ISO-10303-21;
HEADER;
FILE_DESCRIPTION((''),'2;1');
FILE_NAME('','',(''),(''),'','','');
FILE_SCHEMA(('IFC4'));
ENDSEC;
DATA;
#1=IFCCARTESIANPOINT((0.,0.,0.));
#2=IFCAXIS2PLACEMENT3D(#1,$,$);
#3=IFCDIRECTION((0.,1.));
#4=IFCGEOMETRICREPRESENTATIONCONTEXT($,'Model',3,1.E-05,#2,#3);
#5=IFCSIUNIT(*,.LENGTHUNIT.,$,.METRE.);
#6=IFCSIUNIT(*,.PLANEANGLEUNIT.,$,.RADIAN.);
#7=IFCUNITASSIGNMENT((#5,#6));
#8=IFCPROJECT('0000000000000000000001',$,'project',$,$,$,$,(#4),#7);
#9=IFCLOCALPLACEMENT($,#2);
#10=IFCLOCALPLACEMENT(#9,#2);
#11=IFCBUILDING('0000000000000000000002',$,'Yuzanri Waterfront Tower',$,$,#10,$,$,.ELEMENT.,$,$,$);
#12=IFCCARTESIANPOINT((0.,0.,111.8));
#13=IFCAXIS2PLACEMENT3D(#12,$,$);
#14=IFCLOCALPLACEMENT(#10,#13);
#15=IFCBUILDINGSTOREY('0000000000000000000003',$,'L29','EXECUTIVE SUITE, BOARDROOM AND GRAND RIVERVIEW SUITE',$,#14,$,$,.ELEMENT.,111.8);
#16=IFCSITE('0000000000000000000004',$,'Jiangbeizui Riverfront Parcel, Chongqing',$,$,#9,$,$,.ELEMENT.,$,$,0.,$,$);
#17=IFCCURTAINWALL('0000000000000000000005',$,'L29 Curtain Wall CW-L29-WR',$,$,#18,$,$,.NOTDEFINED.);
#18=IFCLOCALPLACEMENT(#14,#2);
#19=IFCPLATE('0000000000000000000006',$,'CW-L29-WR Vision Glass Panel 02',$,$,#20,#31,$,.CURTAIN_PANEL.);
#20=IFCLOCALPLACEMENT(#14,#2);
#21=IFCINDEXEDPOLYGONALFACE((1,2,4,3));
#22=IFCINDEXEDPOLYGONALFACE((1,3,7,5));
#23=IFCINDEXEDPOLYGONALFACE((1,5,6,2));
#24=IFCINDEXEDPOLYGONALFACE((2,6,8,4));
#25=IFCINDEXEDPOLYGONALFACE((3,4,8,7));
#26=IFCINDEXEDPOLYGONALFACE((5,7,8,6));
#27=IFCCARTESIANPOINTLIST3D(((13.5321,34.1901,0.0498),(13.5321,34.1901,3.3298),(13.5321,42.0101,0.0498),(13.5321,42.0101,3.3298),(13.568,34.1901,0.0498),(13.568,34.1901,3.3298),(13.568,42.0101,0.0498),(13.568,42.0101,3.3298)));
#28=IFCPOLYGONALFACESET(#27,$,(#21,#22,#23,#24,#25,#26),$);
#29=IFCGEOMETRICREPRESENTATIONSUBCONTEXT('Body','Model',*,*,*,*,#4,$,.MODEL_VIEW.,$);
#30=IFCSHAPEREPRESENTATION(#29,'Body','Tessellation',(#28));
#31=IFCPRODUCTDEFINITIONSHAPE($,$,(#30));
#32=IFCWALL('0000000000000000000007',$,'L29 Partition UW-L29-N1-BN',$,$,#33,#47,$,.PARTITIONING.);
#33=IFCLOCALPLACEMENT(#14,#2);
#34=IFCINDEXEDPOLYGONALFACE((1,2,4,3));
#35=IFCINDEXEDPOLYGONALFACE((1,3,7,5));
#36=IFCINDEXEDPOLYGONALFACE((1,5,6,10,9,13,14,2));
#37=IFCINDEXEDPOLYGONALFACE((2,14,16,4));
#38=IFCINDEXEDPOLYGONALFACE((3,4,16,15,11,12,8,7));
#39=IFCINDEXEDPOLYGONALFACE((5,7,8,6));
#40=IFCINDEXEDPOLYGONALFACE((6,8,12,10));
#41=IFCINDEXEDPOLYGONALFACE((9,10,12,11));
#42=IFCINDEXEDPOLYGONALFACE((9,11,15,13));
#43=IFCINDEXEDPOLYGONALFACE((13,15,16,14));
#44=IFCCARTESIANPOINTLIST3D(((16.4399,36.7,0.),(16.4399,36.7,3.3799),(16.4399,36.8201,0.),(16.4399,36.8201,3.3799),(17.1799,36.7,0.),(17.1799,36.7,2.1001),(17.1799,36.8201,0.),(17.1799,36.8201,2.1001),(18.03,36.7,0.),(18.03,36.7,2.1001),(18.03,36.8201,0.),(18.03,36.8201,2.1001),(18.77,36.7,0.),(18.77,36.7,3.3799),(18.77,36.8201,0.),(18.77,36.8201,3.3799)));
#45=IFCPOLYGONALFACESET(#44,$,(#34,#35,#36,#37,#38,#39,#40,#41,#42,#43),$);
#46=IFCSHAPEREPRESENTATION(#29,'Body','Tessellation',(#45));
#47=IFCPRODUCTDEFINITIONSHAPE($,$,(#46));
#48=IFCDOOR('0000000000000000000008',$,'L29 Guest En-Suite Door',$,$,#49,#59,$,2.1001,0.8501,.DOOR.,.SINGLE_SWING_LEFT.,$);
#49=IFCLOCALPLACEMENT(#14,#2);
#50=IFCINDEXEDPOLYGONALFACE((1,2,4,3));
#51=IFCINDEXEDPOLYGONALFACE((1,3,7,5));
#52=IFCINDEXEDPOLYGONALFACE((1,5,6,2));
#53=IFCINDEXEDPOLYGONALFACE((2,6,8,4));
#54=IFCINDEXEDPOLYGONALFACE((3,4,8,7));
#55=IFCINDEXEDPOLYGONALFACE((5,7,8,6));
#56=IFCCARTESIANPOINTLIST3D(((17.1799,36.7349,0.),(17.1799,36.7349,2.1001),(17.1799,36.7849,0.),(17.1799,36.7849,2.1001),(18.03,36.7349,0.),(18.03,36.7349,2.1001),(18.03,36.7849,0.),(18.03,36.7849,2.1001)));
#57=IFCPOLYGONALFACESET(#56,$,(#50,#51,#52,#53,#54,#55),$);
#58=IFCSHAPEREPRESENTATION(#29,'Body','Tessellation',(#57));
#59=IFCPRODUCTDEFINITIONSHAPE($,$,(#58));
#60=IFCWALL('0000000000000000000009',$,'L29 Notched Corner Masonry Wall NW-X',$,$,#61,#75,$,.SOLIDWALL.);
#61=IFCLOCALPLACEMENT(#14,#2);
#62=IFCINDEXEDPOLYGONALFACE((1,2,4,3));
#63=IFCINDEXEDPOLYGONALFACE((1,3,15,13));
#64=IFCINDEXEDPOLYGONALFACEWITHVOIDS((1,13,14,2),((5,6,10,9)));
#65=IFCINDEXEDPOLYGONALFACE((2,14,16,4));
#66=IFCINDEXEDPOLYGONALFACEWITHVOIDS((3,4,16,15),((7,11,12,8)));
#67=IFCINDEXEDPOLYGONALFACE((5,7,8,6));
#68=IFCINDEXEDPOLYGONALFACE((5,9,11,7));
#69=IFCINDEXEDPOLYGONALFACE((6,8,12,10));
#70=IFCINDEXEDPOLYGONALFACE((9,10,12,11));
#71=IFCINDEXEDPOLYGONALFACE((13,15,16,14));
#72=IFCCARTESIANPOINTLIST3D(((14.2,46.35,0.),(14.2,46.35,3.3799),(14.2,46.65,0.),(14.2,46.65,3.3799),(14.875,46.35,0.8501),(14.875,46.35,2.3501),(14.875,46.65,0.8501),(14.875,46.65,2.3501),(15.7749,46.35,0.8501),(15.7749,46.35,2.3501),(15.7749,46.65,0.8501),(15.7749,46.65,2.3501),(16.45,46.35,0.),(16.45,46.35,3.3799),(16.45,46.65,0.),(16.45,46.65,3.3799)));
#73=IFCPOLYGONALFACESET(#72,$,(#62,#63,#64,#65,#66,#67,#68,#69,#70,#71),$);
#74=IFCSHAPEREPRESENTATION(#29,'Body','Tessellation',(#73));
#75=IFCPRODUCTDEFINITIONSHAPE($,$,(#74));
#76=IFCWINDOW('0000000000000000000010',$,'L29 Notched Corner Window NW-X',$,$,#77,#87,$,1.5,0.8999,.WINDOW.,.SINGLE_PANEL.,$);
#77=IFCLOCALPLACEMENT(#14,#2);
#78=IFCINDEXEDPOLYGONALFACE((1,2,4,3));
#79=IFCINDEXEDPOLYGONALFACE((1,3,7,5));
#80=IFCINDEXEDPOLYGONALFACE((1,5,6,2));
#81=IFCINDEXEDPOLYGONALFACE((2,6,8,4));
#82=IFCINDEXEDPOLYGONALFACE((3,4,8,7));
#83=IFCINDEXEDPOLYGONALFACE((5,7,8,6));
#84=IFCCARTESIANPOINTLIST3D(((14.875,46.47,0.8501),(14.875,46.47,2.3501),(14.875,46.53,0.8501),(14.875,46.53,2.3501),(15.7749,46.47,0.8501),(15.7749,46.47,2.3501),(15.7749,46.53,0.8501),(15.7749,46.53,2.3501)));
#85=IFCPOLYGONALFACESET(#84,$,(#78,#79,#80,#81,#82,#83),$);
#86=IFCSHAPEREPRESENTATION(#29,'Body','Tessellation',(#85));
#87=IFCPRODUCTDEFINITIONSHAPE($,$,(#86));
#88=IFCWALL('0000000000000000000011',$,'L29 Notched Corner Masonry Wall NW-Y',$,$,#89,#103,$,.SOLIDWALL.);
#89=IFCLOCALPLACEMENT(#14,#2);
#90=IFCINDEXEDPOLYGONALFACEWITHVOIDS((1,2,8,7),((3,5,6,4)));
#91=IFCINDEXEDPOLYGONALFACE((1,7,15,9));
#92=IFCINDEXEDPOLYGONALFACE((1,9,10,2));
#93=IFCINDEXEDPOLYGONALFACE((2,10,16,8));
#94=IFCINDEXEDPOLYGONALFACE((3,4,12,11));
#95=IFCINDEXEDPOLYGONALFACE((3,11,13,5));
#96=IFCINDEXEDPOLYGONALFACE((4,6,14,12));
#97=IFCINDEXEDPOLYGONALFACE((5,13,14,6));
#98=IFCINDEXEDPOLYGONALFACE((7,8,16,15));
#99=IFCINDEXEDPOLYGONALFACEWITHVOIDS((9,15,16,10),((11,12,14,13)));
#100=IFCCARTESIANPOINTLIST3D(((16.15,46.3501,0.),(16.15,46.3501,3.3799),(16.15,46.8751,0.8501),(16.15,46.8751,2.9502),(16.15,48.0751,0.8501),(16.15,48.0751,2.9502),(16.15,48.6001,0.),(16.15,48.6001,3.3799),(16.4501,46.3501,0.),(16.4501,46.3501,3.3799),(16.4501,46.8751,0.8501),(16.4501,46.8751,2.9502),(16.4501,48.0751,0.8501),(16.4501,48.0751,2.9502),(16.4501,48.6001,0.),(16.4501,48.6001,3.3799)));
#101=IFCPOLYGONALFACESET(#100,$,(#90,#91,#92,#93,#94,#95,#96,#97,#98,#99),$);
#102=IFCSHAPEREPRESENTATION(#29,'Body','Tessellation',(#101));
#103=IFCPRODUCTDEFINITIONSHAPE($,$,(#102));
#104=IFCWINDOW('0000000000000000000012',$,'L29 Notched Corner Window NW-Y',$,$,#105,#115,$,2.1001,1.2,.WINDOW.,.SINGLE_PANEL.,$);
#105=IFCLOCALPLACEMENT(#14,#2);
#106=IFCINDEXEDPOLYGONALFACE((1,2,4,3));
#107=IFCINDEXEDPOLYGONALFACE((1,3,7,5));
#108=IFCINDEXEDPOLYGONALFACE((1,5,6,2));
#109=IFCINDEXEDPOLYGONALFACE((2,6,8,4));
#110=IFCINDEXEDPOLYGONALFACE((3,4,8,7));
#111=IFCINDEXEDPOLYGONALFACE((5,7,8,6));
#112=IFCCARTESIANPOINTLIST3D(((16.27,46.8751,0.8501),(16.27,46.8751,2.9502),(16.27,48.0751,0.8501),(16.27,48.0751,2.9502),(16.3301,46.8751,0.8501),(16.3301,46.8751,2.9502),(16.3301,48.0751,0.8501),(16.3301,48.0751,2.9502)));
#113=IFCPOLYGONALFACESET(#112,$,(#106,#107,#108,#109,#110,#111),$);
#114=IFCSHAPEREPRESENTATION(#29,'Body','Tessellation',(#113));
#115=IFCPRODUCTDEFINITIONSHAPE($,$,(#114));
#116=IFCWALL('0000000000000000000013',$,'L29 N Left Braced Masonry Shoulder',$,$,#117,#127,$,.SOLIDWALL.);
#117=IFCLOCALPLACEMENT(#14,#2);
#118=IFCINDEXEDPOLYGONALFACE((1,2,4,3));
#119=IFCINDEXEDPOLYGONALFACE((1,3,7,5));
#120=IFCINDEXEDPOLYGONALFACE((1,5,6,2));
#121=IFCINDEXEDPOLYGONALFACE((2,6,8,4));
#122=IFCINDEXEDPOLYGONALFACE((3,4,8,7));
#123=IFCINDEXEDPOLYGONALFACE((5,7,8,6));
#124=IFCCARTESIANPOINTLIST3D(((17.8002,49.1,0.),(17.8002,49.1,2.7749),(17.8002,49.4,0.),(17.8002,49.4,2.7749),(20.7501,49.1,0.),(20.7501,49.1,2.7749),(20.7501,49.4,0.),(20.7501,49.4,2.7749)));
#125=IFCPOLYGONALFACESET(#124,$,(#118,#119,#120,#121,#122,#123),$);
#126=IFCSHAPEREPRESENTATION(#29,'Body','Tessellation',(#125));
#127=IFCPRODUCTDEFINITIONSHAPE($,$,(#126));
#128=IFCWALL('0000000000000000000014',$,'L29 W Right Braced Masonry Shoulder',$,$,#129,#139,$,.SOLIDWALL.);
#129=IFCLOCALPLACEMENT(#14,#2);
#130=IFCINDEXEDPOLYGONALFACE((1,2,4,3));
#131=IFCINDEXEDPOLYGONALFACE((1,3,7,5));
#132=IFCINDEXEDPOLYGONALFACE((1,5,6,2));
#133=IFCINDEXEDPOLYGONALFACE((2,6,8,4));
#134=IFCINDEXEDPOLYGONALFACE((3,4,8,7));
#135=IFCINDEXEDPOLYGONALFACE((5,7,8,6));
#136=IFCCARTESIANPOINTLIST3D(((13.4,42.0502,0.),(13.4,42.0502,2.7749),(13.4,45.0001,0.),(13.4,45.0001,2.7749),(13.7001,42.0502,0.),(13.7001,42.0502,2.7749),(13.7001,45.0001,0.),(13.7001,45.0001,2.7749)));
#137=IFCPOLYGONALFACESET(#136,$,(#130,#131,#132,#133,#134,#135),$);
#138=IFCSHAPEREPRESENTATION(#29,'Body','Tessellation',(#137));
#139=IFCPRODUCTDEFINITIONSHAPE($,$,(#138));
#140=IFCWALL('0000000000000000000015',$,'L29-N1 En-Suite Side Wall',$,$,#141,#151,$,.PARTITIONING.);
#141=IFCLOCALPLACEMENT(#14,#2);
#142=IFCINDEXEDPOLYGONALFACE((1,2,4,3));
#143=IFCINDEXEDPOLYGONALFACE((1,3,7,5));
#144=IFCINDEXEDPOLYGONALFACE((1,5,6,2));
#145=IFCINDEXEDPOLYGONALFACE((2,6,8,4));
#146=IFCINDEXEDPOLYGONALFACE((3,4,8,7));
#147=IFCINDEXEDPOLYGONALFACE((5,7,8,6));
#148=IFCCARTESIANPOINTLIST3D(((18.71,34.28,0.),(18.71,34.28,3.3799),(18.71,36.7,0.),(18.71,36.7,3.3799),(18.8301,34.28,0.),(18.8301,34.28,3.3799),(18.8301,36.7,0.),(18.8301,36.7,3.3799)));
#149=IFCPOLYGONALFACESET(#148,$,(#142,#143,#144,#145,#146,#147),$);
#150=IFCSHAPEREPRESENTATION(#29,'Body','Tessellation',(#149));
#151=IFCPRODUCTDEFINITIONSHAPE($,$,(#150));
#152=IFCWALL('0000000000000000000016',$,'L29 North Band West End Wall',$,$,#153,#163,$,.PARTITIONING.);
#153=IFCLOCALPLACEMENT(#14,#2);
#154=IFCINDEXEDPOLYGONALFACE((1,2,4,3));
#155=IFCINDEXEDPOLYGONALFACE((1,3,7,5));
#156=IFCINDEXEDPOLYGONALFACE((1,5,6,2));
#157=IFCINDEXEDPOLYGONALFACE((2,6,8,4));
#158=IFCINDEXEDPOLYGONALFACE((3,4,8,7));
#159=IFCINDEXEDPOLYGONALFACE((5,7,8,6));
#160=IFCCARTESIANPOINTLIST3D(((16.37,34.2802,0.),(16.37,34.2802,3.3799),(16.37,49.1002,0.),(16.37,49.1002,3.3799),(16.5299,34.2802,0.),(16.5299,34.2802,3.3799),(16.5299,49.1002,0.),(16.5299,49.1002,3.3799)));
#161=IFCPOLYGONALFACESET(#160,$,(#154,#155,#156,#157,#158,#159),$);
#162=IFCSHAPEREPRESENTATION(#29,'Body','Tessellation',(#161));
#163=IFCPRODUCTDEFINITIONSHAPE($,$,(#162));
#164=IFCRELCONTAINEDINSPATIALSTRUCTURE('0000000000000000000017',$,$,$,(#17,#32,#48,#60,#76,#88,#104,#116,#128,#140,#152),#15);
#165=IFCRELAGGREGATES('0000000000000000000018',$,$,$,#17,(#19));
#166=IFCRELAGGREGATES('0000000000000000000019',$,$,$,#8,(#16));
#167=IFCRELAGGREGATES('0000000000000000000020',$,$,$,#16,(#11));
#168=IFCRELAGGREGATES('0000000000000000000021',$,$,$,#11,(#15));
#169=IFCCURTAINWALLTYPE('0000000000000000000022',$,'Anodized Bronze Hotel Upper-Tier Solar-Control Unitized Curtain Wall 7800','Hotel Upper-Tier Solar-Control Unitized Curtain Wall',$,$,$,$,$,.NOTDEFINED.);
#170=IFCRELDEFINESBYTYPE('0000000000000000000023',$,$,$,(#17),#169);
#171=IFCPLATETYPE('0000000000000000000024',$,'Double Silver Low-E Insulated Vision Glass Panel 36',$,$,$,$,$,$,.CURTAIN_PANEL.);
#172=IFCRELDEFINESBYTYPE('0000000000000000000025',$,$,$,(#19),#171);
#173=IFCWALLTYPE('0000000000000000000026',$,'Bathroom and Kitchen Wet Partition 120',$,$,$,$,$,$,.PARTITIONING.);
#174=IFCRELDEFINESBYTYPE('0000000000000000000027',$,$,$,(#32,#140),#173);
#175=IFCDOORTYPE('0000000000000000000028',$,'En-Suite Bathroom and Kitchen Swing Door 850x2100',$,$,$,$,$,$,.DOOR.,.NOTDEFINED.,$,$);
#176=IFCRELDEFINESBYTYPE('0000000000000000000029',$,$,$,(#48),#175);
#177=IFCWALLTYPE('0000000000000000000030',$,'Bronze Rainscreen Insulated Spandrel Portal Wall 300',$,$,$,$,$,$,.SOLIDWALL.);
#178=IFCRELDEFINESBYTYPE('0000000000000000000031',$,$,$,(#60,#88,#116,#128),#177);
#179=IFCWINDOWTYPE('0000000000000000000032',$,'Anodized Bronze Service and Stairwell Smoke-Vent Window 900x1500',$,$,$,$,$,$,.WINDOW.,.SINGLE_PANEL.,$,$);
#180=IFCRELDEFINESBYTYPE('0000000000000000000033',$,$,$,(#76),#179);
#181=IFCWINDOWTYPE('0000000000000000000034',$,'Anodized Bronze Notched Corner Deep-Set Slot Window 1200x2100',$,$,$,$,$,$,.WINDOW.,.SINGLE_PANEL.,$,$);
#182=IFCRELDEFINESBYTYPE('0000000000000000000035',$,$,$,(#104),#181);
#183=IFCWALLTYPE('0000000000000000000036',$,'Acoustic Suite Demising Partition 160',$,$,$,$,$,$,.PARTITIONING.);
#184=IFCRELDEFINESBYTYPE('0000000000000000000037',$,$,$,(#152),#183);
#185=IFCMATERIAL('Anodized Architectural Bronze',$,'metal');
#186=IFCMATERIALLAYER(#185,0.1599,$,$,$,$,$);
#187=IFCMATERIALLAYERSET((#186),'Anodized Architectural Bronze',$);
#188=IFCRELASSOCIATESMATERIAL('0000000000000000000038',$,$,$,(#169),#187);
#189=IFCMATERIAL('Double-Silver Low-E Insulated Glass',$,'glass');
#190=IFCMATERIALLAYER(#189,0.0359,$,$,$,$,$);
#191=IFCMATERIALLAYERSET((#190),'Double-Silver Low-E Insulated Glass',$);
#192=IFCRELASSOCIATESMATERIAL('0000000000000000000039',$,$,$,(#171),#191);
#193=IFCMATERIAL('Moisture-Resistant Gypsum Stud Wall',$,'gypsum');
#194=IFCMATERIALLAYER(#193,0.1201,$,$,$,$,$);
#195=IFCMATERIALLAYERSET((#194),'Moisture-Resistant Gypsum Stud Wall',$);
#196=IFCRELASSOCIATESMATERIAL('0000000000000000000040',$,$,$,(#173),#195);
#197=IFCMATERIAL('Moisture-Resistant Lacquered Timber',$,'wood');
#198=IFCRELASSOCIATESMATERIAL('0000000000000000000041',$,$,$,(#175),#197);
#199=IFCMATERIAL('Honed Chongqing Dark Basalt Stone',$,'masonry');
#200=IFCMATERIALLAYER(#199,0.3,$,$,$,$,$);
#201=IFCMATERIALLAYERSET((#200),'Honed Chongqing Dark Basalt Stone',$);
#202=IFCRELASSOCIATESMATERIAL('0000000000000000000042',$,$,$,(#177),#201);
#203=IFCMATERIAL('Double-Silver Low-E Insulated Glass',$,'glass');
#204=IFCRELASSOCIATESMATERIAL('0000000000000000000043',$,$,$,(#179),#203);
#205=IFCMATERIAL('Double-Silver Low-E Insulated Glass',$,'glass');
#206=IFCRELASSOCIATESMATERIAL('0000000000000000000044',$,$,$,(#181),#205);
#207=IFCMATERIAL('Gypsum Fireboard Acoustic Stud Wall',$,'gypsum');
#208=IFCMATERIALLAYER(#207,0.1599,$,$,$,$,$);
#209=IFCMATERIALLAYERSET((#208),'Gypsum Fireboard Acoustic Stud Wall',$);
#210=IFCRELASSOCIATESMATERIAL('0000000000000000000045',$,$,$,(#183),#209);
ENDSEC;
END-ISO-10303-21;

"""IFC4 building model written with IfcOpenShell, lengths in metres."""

from ifc_helpers import new_model, si_unit, direction, frame, frame_2d, origin, origin_2d, place, context, subcontext, project, spatial, rectangle, extrude, source, transform, mapped, material, layer, layer_set, type_object, element, fill, aggregate, save


model = new_model("IFC4")

# Units and contexts
model_context = context("Model", 3, precision=1e-05, world=origin(), true_north=direction((0.0, 1.0)))
body_context = subcontext(model_context, "Body", "Model", "MODEL_VIEW")
ifc_project = project(units=[si_unit("LENGTHUNIT", "METRE"), si_unit("PLANEANGLEUNIT", "RADIAN")], contexts=[model_context])

# Site, building, storey
site_placement = place(None, origin())
site = spatial("IfcSite", under=ifc_project, at=site_placement, Name="Jiangbeizui Riverfront Parcel, Chongqing", CompositionType="ELEMENT", RefElevation=0.0)
building_placement = place(site_placement, origin())
building = spatial("IfcBuilding", under=site, at=building_placement, Name="Yuzanri Waterfront Tower", CompositionType="ELEMENT")
storey_placement = place(building_placement, frame((0.0, 0.0, 111.8)))
storey = spatial("IfcBuildingStorey", under=building, at=storey_placement, Name="L29", Description="EXECUTIVE SUITE, BOARDROOM AND GRAND RIVERVIEW SUITE", CompositionType="ELEMENT", Elevation=111.8)

# Curtain wall
ifc_material_1 = material(Name="Anodized Architectural Bronze", Category="metal")
ifc_layer_1 = layer(ifc_material_1, 0.1599)
ifc_layer_set_1 = layer_set([ifc_layer_1], Name="Anodized Architectural Bronze")
curtain_wall_type = type_object("IfcCurtainWallType", Name="Anodized Bronze Hotel Upper-Tier Solar-Control Unitized Curtain Wall 7800", Description="Hotel Upper-Tier Solar-Control Unitized Curtain Wall", PredefinedType="NOTDEFINED", material=ifc_layer_set_1)
curtain_wall_1_placement = place(storey_placement, origin())
curtain_wall_1 = element("IfcCurtainWall", 1, at=curtain_wall_1_placement, inside=storey, type_object=curtain_wall_type, Name="L29 Curtain Wall CW-L29-WR", PredefinedType="NOTDEFINED")

# Plate
ifc_material_2 = material(Name="Double-Silver Low-E Insulated Glass", Category="glass")
ifc_layer_2 = layer(ifc_material_2, 0.0359)
ifc_layer_set_2 = layer_set([ifc_layer_2], Name="Double-Silver Low-E Insulated Glass")
plate_type_1 = type_object("IfcPlateType", Name="Double Silver Low-E Insulated Vision Glass Panel 36", PredefinedType="CURTAIN_PANEL", material=ifc_layer_set_2)
shared_shape_1 = source(origin(), body_context, "Body", "SweptSolid", [
    extrude(rectangle(XDim=7.8201, YDim=0.0359, at=origin_2d()), origin(), (0.0, 0.0, 1.0), 3.28),
])
plate_placement = place(storey_placement, frame((13.55, 38.1001, 0.0498), z_axis=(0.0, 0.0, 1.0), x_axis=(0.0, 1.0, 0.0)))
plate = element("IfcPlate", 2, at=plate_placement, type_object=plate_type_1, Name="CW-L29-WR Vision Glass Panel 02", PredefinedType="CURTAIN_PANEL", context=body_context, shape_type="MappedRepresentation", body=[
    mapped(shared_shape_1, transform((0.0, 0.0, 0.0), scale=1.0)),
])
aggregate(curtain_wall_1, [plate])

# Wall, opening, door
ifc_material_3 = material(Name="Moisture-Resistant Gypsum Stud Wall", Category="gypsum")
ifc_layer_3 = layer(ifc_material_3, 0.1201)
ifc_layer_set_3 = layer_set([ifc_layer_3], Name="Moisture-Resistant Gypsum Stud Wall")
wall_type_1 = type_object("IfcWallType", Name="Bathroom and Kitchen Wet Partition 120", PredefinedType="PARTITIONING", material=ifc_layer_set_3)
wall_1_placement = place(storey_placement, frame((16.4399, 36.76, 0.0), z_axis=(0.0, 0.0, 1.0), x_axis=(1.0, 0.0, 0.0)))
wall_1 = element("IfcWall", 3, at=wall_1_placement, inside=storey, type_object=wall_type_1, Name="L29 Partition UW-L29-N1-BN", PredefinedType="PARTITIONING", context=body_context, shape_type="SweptSolid", body=[
    extrude(rectangle(XDim=2.3301, YDim=0.1201, at=frame_2d((1.165, 0.0))), origin(), (0.0, 0.0, 1.0), 3.3799),
])
opening_1_placement = place(wall_1_placement, frame((0.74, 0.0, 0.0)))
opening_1 = element("IfcOpeningElement", 4, at=opening_1_placement, cuts=wall_1, PredefinedType="OPENING", context=body_context, shape_type="SweptSolid", body=[
    extrude(rectangle(XDim=0.8501, YDim=2.1001, at=frame_2d((0.425, 1.05))), frame((0.0, 0.075, 0.0), z_axis=(0.0, -1.0, 0.0), x_axis=(1.0, 0.0, 0.0)), (0.0, 0.0, 1.0), 0.1499),
])
ifc_material_4 = material(Name="Moisture-Resistant Lacquered Timber", Category="wood")
door_type = type_object("IfcDoorType", Name="En-Suite Bathroom and Kitchen Swing Door 850x2100", OperationType="NOTDEFINED", PredefinedType="DOOR", material=ifc_material_4)
shared_shape_2 = source(origin(), body_context, "Body", "SweptSolid", [
    extrude(rectangle(XDim=0.8501, YDim=2.1001, at=frame_2d((0.425, 1.05))), frame((0.0, 0.0249, 0.0), z_axis=(0.0, -1.0, 0.0), x_axis=(1.0, 0.0, 0.0)), (0.0, 0.0, 1.0), 0.05),
])
door_placement = place(opening_1_placement, origin())
door = element("IfcDoor", 5, at=door_placement, inside=storey, type_object=door_type, Name="L29 Guest En-Suite Door", OperationType="SINGLE_SWING_LEFT", OverallHeight=2.1001, OverallWidth=0.8501, PredefinedType="DOOR", context=body_context, shape_type="MappedRepresentation", body=[
    mapped(shared_shape_2, transform((0.0, 0.0, 0.0), scale=1.0)),
])
fill(opening_1, door)

# Walls, openings, windows
ifc_material_5 = material(Name="Honed Chongqing Dark Basalt Stone", Category="masonry")
ifc_layer_4 = layer(ifc_material_5, 0.3)
ifc_layer_set_4 = layer_set([ifc_layer_4], Name="Honed Chongqing Dark Basalt Stone")
wall_type_2 = type_object("IfcWallType", Name="Bronze Rainscreen Insulated Spandrel Portal Wall 300", PredefinedType="SOLIDWALL", material=ifc_layer_set_4)
wall_2_placement = place(storey_placement, frame((16.45, 46.5, 0.0), z_axis=(0.0, 0.0, 1.0), x_axis=(-1.0, 0.0, 0.0)))
wall_2 = element("IfcWall", 6, at=wall_2_placement, inside=storey, type_object=wall_type_2, Name="L29 Notched Corner Masonry Wall NW-X", PredefinedType="SOLIDWALL", context=body_context, shape_type="SweptSolid", body=[
    extrude(rectangle(XDim=2.25, YDim=0.3, at=frame_2d((1.125, 0.0))), origin(), (0.0, 0.0, 1.0), 3.3799),
])
opening_2_placement = place(wall_2_placement, frame((0.675, 0.0, 0.8501)))
opening_2 = element("IfcOpeningElement", 7, at=opening_2_placement, cuts=wall_2, PredefinedType="OPENING", context=body_context, shape_type="SweptSolid", body=[
    extrude(rectangle(XDim=0.8999, YDim=1.5, at=frame_2d((0.45, 0.75))), frame((0.0, 0.165, 0.0), z_axis=(0.0, -1.0, 0.0), x_axis=(1.0, 0.0, 0.0)), (0.0, 0.0, 1.0), 0.3298),
])
ifc_material_6 = material(Name="Double-Silver Low-E Insulated Glass", Category="glass")
window_type_1 = type_object("IfcWindowType", Name="Anodized Bronze Service and Stairwell Smoke-Vent Window 900x1500", PartitioningType="SINGLE_PANEL", PredefinedType="WINDOW", material=ifc_material_6)
shared_shape_3 = source(origin(), body_context, "Body", "SweptSolid", [
    extrude(rectangle(XDim=0.8999, YDim=1.5, at=frame_2d((0.45, 0.75))), frame((0.0, 0.03, 0.0), z_axis=(0.0, -1.0, 0.0), x_axis=(1.0, 0.0, 0.0)), (0.0, 0.0, 1.0), 0.0601),
])
window_1_placement = place(opening_2_placement, origin())
window_1 = element("IfcWindow", 8, at=window_1_placement, inside=storey, type_object=window_type_1, Name="L29 Notched Corner Window NW-X", OverallHeight=1.5, OverallWidth=0.8999, PartitioningType="SINGLE_PANEL", PredefinedType="WINDOW", context=body_context, shape_type="MappedRepresentation", body=[
    mapped(shared_shape_3, transform((0.0, 0.0, 0.0), scale=1.0)),
])
fill(opening_2, window_1)
wall_3_placement = place(storey_placement, frame((16.3, 48.6001, 0.0), z_axis=(0.0, 0.0, 1.0), x_axis=(0.0, -1.0, 0.0)))
wall_3 = element("IfcWall", 9, at=wall_3_placement, inside=storey, type_object=wall_type_2, Name="L29 Notched Corner Masonry Wall NW-Y", PredefinedType="SOLIDWALL", context=body_context, shape_type="SweptSolid", body=[
    extrude(rectangle(XDim=2.25, YDim=0.3, at=frame_2d((1.125, 0.0))), origin(), (0.0, 0.0, 1.0), 3.3799),
])
opening_3_placement = place(wall_3_placement, frame((0.5249, 0.0, 0.8501)))
opening_3 = element("IfcOpeningElement", 10, at=opening_3_placement, cuts=wall_3, PredefinedType="OPENING", context=body_context, shape_type="SweptSolid", body=[
    extrude(rectangle(XDim=1.2, YDim=2.1001, at=frame_2d((0.6001, 1.05))), frame((0.0, 0.165, 0.0), z_axis=(0.0, -1.0, 0.0), x_axis=(1.0, 0.0, 0.0)), (0.0, 0.0, 1.0), 0.3298),
])
ifc_material_7 = material(Name="Double-Silver Low-E Insulated Glass", Category="glass")
window_type_2 = type_object("IfcWindowType", Name="Anodized Bronze Notched Corner Deep-Set Slot Window 1200x2100", PartitioningType="SINGLE_PANEL", PredefinedType="WINDOW", material=ifc_material_7)
shared_shape_4 = source(origin(), body_context, "Body", "SweptSolid", [
    extrude(rectangle(XDim=1.2, YDim=2.1001, at=frame_2d((0.6001, 1.05))), frame((0.0, 0.03, 0.0), z_axis=(0.0, -1.0, 0.0), x_axis=(1.0, 0.0, 0.0)), (0.0, 0.0, 1.0), 0.0601),
])
window_2_placement = place(opening_3_placement, origin())
window_2 = element("IfcWindow", 11, at=window_2_placement, inside=storey, type_object=window_type_2, Name="L29 Notched Corner Window NW-Y", OverallHeight=2.1001, OverallWidth=1.2, PartitioningType="SINGLE_PANEL", PredefinedType="WINDOW", context=body_context, shape_type="MappedRepresentation", body=[
    mapped(shared_shape_4, transform((0.0, 0.0, 0.0), scale=1.0)),
])
fill(opening_3, window_2)

# Walls
shared_shape_5 = source(origin(), body_context, "Body", "SweptSolid", [
    extrude(rectangle(XDim=2.95, YDim=0.3, at=frame_2d((1.4751, 0.0))), origin(), (0.0, 0.0, 1.0), 2.7749),
])
for number, where, z_axis, x_axis, name in (
    (12, (17.8, 49.25, 0.0), (0.0, 0.0, 1.0), (1.0, 0.0, 0.0), "L29 N Left Braced Masonry Shoulder"),
    (13, (13.55, 42.05, 0.0), (0.0, 0.0, 1.0), (0.0, 1.0, 0.0), "L29 W Right Braced Masonry Shoulder"),
):
    element("IfcWall", number, at=place(storey_placement, frame(where, z_axis=z_axis, x_axis=x_axis)), inside=storey, type_object=wall_type_2, Name=name, PredefinedType="SOLIDWALL", context=body_context, shape_type="MappedRepresentation", body=[
        mapped(shared_shape_5, transform((0.0, 0.0, 0.0), scale=1.0)),
    ])
shared_shape_6 = source(origin(), body_context, "Body", "SweptSolid", [
    extrude(rectangle(XDim=2.4199, YDim=0.1201, at=frame_2d((1.21, 0.0))), origin(), (0.0, 0.0, 1.0), 3.3799),
])
wall_4_placement = place(storey_placement, frame((18.77, 34.28, 0.0), z_axis=(0.0, 0.0, 1.0), x_axis=(0.0, 1.0, 0.0)))
element("IfcWall", 14, at=wall_4_placement, inside=storey, type_object=wall_type_1, Name="L29-N1 En-Suite Side Wall", PredefinedType="PARTITIONING", context=body_context, shape_type="MappedRepresentation", body=[
    mapped(shared_shape_6, transform((0.0, 0.0, 0.0), scale=1.0)),
])
ifc_material_8 = material(Name="Gypsum Fireboard Acoustic Stud Wall", Category="gypsum")
ifc_layer_5 = layer(ifc_material_8, 0.1599)
ifc_layer_set_5 = layer_set([ifc_layer_5], Name="Gypsum Fireboard Acoustic Stud Wall")
wall_type_3 = type_object("IfcWallType", Name="Acoustic Suite Demising Partition 160", PredefinedType="PARTITIONING", material=ifc_layer_set_5)
shared_shape_7 = source(origin(), body_context, "Body", "SweptSolid", [
    extrude(rectangle(XDim=14.8201, YDim=0.1599, at=frame_2d((7.4102, 0.0))), origin(), (0.0, 0.0, 1.0), 3.3799),
])
wall_5_placement = place(storey_placement, frame((16.45, 34.28, 0.0), z_axis=(0.0, 0.0, 1.0), x_axis=(0.0, 1.0, 0.0)))
element("IfcWall", 15, at=wall_5_placement, inside=storey, type_object=wall_type_3, Name="L29 North Band West End Wall", PredefinedType="PARTITIONING", context=body_context, shape_type="MappedRepresentation", body=[
    mapped(shared_shape_7, transform((0.0, 0.0, 0.0), scale=1.0)),
])

save(model, "model.ifc")
